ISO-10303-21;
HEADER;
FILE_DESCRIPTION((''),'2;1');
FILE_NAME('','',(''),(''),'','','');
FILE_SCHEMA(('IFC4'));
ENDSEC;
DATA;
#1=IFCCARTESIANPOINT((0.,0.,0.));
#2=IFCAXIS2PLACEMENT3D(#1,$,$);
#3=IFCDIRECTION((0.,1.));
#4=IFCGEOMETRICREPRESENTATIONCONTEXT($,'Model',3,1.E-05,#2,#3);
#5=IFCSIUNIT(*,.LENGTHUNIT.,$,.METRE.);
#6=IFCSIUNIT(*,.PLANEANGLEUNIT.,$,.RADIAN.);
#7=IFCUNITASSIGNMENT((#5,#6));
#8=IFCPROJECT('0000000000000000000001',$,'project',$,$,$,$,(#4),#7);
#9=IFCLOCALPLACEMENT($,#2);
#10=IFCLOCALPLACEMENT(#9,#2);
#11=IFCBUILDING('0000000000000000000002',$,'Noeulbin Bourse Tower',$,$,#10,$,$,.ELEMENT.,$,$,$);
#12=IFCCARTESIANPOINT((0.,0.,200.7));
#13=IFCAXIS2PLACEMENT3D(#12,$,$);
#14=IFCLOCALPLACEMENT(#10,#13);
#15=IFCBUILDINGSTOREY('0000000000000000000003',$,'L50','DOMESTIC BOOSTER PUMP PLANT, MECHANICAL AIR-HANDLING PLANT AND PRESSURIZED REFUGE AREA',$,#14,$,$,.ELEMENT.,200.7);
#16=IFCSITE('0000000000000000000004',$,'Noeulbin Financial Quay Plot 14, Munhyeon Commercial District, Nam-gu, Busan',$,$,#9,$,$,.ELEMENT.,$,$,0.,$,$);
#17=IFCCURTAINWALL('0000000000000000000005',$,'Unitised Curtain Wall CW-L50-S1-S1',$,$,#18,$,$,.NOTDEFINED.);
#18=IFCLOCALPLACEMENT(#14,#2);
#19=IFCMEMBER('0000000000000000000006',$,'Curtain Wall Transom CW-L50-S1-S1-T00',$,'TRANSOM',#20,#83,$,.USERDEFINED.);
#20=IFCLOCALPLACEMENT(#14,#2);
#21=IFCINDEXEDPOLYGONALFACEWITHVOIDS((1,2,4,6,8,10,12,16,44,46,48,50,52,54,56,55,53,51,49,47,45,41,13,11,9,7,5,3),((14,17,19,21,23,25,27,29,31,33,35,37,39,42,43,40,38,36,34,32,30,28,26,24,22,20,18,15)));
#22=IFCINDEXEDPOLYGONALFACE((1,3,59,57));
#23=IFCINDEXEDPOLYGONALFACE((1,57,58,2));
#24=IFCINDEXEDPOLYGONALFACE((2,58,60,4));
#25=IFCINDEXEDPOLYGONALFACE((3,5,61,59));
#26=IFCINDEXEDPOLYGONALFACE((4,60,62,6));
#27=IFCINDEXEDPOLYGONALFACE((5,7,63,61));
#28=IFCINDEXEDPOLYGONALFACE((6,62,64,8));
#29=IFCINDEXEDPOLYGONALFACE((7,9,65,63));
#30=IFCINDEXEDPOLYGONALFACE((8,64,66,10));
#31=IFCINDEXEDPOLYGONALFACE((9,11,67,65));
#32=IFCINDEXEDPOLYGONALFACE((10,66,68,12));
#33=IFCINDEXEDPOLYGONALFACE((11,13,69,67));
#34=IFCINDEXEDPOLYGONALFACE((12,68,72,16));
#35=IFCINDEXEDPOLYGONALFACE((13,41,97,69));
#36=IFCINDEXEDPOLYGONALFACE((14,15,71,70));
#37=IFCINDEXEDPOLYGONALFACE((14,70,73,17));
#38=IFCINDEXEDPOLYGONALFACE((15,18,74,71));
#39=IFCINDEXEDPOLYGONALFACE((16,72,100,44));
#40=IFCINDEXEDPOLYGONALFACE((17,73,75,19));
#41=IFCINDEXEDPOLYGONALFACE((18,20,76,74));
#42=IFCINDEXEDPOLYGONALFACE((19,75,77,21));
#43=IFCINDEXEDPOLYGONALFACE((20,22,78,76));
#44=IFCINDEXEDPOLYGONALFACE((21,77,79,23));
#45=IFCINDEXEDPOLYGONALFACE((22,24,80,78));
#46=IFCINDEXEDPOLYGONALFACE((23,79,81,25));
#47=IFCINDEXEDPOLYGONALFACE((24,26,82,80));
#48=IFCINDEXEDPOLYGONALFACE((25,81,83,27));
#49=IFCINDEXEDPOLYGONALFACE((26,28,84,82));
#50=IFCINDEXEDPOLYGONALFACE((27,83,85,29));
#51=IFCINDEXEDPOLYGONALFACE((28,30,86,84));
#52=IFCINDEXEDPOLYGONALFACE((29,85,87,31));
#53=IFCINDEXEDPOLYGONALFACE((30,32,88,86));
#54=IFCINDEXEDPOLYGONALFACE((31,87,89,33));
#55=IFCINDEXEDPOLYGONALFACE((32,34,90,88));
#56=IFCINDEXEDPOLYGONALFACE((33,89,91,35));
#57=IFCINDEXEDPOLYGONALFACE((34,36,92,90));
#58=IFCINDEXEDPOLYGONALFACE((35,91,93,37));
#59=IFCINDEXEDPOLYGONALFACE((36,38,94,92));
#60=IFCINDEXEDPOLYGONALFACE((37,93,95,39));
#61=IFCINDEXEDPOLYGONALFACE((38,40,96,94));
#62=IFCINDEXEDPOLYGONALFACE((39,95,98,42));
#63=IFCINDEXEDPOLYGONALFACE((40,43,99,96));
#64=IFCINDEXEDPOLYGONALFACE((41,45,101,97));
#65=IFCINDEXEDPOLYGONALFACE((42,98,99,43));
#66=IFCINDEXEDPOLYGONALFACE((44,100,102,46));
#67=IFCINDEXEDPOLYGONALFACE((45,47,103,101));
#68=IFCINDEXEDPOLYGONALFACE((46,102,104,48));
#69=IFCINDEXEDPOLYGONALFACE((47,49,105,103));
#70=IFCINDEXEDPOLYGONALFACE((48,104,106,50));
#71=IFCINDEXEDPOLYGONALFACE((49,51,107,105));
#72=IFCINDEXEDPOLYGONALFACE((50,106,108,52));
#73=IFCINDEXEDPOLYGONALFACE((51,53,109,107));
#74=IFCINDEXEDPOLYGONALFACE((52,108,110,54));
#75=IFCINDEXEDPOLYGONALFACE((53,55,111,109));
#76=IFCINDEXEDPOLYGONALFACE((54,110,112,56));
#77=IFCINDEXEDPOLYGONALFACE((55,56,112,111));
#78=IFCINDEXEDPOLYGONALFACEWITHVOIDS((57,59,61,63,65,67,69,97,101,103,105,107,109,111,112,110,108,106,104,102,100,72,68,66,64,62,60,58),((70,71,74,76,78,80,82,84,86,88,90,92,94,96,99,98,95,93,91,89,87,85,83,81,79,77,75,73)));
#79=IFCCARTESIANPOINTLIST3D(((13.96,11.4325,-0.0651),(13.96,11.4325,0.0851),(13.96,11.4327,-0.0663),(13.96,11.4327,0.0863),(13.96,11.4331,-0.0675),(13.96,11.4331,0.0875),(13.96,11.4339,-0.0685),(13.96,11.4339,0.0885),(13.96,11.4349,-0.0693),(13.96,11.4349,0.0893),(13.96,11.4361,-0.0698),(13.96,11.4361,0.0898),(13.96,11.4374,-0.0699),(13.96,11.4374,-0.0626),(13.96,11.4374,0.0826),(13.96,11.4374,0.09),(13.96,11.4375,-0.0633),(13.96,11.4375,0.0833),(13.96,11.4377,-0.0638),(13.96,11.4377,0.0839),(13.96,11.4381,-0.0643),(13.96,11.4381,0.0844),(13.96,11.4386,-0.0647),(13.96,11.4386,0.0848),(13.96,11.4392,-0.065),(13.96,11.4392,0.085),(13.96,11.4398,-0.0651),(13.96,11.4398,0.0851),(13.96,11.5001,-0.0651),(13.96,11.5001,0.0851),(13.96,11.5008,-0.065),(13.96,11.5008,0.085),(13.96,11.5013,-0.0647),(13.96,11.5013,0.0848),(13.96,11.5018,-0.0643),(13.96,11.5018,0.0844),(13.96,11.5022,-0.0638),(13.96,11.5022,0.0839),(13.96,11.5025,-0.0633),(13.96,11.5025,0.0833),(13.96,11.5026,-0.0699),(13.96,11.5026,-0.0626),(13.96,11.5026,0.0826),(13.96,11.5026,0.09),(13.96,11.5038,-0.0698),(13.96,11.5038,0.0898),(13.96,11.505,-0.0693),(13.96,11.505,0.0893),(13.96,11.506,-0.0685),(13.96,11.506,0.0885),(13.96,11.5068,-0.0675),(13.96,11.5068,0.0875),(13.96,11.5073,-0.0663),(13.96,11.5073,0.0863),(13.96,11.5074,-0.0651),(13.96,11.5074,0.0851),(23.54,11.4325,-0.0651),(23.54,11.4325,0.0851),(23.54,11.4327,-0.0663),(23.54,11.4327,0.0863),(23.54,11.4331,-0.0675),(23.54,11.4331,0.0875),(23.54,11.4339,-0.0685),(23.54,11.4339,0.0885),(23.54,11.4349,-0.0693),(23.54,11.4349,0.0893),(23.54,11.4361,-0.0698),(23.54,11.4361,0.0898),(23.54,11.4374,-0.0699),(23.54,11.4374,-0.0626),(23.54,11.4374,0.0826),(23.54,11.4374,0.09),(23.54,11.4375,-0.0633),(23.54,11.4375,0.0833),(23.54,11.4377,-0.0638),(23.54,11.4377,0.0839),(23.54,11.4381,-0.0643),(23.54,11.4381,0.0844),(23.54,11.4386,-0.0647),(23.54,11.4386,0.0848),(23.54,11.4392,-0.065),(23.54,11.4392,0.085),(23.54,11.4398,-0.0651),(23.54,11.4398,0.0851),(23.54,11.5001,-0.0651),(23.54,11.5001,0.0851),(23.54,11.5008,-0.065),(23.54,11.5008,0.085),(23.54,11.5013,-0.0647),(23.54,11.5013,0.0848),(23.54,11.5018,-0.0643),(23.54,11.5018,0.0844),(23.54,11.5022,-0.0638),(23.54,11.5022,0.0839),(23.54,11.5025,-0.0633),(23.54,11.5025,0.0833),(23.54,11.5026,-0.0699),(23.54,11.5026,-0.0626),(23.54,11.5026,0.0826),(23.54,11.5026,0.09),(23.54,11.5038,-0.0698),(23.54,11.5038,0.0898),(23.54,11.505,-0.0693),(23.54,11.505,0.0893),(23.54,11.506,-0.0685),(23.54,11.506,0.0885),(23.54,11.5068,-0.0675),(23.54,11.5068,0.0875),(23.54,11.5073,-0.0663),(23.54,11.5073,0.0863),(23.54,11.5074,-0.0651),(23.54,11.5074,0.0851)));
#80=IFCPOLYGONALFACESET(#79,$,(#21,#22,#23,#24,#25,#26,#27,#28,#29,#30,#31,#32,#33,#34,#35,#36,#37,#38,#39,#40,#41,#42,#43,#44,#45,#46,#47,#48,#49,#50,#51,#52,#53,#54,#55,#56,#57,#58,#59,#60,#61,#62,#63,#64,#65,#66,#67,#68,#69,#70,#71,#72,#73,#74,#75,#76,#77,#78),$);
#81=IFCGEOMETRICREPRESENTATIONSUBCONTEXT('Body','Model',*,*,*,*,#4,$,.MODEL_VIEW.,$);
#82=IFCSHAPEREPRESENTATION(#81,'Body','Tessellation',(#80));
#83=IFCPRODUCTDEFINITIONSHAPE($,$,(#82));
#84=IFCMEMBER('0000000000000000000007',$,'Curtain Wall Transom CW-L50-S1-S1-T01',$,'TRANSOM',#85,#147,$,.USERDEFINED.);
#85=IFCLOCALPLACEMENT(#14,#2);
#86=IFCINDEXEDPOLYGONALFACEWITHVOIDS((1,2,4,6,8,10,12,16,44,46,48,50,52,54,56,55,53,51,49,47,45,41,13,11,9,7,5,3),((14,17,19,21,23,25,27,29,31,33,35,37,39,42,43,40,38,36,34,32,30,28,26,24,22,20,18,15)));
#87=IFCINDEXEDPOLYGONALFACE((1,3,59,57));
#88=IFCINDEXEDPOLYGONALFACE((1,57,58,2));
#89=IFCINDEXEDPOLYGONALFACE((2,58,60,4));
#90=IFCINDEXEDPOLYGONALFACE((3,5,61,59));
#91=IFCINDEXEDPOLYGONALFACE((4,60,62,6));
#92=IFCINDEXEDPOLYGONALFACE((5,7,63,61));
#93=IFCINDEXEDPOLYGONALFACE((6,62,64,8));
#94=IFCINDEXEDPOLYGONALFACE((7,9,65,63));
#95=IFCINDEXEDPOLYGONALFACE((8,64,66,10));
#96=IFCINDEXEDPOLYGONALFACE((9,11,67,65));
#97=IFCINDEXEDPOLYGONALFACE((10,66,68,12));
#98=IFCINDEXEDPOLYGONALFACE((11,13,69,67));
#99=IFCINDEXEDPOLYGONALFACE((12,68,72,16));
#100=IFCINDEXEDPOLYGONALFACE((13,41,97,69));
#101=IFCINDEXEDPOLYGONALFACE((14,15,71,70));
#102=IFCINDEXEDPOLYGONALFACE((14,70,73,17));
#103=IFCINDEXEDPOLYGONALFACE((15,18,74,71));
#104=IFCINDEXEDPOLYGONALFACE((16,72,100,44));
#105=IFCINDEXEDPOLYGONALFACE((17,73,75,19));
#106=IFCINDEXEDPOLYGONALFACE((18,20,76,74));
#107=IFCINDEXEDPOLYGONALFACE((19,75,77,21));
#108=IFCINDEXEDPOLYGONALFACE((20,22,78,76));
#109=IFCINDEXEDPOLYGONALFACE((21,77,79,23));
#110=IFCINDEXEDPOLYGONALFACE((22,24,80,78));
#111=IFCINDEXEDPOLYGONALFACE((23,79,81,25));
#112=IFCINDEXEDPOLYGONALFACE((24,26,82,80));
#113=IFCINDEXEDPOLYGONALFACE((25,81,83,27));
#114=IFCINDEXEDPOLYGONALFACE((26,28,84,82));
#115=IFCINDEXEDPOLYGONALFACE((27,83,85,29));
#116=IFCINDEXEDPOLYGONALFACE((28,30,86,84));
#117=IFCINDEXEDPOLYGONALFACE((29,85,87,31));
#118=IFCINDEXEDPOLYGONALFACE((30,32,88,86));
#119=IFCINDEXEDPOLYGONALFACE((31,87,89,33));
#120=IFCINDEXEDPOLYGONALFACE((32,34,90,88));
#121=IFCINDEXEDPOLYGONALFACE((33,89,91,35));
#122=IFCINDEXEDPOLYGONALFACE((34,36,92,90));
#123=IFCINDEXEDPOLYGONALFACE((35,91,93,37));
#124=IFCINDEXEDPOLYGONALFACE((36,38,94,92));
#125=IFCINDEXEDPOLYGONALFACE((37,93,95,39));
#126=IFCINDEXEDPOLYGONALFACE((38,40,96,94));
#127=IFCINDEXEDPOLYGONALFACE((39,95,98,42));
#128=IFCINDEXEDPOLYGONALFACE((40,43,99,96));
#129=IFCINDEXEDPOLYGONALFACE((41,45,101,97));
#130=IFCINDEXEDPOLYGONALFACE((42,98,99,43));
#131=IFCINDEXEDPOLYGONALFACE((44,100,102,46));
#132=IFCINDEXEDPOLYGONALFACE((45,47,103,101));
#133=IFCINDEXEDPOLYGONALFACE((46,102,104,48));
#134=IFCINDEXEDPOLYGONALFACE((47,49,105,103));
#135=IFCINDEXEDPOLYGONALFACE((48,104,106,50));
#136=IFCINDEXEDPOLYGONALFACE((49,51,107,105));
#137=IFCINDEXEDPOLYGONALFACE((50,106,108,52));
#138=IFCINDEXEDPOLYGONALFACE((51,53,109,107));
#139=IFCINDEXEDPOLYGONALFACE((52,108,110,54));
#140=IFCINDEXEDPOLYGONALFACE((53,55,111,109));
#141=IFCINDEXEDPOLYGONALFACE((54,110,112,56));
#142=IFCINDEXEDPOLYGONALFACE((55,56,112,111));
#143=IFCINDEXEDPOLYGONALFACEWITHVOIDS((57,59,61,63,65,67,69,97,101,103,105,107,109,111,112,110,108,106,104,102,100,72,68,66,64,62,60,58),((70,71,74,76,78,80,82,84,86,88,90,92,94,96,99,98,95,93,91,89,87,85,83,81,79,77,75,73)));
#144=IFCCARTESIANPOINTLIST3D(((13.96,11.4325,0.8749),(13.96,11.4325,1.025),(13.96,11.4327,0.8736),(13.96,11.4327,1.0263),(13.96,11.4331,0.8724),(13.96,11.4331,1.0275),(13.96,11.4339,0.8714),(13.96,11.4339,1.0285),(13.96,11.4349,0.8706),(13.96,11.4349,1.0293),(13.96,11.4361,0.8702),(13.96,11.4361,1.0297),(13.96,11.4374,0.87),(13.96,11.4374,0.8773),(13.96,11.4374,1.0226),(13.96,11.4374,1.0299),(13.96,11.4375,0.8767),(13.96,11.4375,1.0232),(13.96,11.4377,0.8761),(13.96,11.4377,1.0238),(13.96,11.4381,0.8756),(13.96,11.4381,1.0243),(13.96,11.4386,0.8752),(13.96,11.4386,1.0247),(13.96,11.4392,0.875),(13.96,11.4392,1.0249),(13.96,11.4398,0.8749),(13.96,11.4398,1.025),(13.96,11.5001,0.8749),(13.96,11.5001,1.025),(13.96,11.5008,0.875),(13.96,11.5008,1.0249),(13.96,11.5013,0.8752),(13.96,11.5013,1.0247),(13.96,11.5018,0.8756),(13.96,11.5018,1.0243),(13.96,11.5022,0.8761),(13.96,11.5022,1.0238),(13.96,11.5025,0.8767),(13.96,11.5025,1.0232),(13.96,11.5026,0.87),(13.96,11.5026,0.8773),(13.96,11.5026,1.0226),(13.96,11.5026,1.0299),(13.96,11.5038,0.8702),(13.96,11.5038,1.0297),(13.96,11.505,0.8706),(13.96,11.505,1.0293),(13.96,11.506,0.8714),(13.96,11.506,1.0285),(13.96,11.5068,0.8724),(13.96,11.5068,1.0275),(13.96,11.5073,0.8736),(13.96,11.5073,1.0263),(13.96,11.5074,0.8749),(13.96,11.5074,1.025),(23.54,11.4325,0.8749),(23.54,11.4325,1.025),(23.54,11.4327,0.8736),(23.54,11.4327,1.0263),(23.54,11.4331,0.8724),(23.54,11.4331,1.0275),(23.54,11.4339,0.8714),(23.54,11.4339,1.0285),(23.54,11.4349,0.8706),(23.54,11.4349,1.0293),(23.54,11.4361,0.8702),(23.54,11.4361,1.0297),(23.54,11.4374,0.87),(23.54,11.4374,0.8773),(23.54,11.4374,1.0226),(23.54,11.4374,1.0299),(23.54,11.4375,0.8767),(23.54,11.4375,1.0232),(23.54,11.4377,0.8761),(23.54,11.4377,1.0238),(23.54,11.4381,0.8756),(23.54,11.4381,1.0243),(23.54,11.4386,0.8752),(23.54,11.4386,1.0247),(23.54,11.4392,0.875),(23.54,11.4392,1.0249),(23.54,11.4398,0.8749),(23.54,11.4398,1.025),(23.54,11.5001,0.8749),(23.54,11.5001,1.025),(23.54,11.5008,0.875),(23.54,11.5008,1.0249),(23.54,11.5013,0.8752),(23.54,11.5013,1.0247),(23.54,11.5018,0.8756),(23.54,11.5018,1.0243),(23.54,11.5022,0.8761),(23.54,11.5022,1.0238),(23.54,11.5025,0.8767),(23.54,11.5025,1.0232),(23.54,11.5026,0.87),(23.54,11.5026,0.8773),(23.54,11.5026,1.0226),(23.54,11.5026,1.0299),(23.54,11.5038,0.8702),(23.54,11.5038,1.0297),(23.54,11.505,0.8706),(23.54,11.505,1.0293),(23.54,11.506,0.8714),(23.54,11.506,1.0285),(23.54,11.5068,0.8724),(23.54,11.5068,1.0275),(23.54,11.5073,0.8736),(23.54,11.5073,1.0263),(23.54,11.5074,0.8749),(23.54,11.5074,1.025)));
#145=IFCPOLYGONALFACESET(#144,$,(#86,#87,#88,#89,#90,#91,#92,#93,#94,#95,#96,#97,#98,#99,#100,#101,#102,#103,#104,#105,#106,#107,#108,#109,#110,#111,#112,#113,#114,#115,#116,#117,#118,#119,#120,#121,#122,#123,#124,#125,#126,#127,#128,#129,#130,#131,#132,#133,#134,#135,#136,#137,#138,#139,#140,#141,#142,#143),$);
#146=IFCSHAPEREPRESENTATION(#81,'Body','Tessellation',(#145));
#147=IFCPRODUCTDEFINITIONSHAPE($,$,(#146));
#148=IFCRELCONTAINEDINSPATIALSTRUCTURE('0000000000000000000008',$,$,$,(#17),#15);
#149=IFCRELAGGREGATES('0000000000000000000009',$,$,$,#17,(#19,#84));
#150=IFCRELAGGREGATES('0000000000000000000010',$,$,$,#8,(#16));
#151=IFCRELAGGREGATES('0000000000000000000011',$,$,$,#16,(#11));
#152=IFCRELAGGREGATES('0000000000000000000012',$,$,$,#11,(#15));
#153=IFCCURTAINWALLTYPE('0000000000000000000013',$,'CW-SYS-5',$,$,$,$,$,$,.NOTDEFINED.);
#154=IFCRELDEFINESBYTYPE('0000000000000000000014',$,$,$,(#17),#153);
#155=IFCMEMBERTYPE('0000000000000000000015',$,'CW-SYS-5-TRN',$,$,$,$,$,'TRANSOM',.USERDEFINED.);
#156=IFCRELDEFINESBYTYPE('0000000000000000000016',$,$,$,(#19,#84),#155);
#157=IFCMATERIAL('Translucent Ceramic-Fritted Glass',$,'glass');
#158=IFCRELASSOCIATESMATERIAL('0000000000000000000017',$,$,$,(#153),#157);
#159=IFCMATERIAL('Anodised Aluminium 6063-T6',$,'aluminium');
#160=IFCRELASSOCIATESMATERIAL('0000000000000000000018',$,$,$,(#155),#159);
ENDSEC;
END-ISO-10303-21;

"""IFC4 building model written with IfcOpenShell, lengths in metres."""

from ifc_helpers import new_model, si_unit, direction, frame, origin, origin_2d, place, context, subcontext, project, spatial, hollow_rectangle, extrude, material, material_profile, profile_set, type_object, element, aggregate, save


model = new_model("IFC4")

# Units and contexts
model_context = context("Model", 3, precision=1e-05, world=origin(), true_north=direction((0.0, 1.0)))
body_context = subcontext(model_context, "Body", "Model", "MODEL_VIEW")
ifc_project = project(units=[si_unit("LENGTHUNIT", "METRE"), si_unit("PLANEANGLEUNIT", "RADIAN")], contexts=[model_context])

# Site, building, storey
site_placement = place(None, origin())
site = spatial("IfcSite", under=ifc_project, at=site_placement, Name="Noeulbin Financial Quay Plot 14, Munhyeon Commercial District, Nam-gu, Busan", CompositionType="ELEMENT", RefElevation=0.0)
building_placement = place(site_placement, origin())
building = spatial("IfcBuilding", under=site, at=building_placement, Name="Noeulbin Bourse Tower", CompositionType="ELEMENT")
storey_placement = place(building_placement, frame((0.0, 0.0, 200.7)))
storey = spatial("IfcBuildingStorey", under=building, at=storey_placement, Name="L50", Description="DOMESTIC BOOSTER PUMP PLANT, MECHANICAL AIR-HANDLING PLANT AND PRESSURIZED REFUGE AREA", CompositionType="ELEMENT", Elevation=200.7)

# Curtain wall, members
ifc_material_1 = material(Name="Translucent Ceramic-Fritted Glass", Category="glass")
curtain_wall_type = type_object("IfcCurtainWallType", Name="CW-SYS-5", PredefinedType="NOTDEFINED", material=ifc_material_1)
curtain_wall_placement = place(storey_placement, origin())
curtain_wall = element("IfcCurtainWall", 1, at=curtain_wall_placement, inside=storey, type_object=curtain_wall_type, Name="Unitised Curtain Wall CW-L50-S1-S1", PredefinedType="NOTDEFINED")
ifc_material_2 = material(Name="Anodised Aluminium 6063-T6", Category="aluminium")
ifc_material_profile_1 = material_profile(ifc_material_2, hollow_rectangle(XDim=0.075, YDim=0.1599, WallThickness=0.0049, InnerFilletRadius=0.0024, OuterFilletRadius=0.0049, at=origin_2d()), Name="ALU-TRAN-75x160x5", Category="LoadBearing")
ifc_profile_set_1 = profile_set([ifc_material_profile_1], Name="Anodised Aluminium 6063-T6")
member_type_1 = type_object("IfcMemberType", Name="CW-SYS-5-TRN", ElementType="TRANSOM", PredefinedType="USERDEFINED", material=ifc_profile_set_1)
member_1_placement = place(storey_placement, frame((13.96, 11.47, 0.01), z_axis=(1.0, 0.0, 0.0), x_axis=(0.0, 1.0, 0.0)))
member_1 = element("IfcMember", 2, at=member_1_placement, type_object=member_type_1, Name="Curtain Wall Transom CW-L50-S1-S1-T00", ObjectType="TRANSOM", PredefinedType="USERDEFINED", context=body_context, shape_type="SweptSolid", body=[
    extrude(hollow_rectangle(XDim=0.075, YDim=0.1599, WallThickness=0.0049, InnerFilletRadius=0.0024, OuterFilletRadius=0.0049, at=origin_2d()), origin(), (0.0, 0.0, 1.0), 9.5801),
])
member_2_placement = place(storey_placement, frame((13.96, 11.47, 0.95), z_axis=(1.0, 0.0, 0.0), x_axis=(0.0, 1.0, 0.0)))
member_2 = element("IfcMember", 3, at=member_2_placement, type_object=member_type_1, Name="Curtain Wall Transom CW-L50-S1-S1-T01", ObjectType="TRANSOM", PredefinedType="USERDEFINED", context=body_context, shape_type="SweptSolid", body=[
    extrude(hollow_rectangle(XDim=0.075, YDim=0.1599, WallThickness=0.0049, InnerFilletRadius=0.0024, OuterFilletRadius=0.0049, at=origin_2d()), origin(), (0.0, 0.0, 1.0), 9.5801),
])
aggregate(curtain_wall, [member_1, member_2])

save(model, "model.ifc")
